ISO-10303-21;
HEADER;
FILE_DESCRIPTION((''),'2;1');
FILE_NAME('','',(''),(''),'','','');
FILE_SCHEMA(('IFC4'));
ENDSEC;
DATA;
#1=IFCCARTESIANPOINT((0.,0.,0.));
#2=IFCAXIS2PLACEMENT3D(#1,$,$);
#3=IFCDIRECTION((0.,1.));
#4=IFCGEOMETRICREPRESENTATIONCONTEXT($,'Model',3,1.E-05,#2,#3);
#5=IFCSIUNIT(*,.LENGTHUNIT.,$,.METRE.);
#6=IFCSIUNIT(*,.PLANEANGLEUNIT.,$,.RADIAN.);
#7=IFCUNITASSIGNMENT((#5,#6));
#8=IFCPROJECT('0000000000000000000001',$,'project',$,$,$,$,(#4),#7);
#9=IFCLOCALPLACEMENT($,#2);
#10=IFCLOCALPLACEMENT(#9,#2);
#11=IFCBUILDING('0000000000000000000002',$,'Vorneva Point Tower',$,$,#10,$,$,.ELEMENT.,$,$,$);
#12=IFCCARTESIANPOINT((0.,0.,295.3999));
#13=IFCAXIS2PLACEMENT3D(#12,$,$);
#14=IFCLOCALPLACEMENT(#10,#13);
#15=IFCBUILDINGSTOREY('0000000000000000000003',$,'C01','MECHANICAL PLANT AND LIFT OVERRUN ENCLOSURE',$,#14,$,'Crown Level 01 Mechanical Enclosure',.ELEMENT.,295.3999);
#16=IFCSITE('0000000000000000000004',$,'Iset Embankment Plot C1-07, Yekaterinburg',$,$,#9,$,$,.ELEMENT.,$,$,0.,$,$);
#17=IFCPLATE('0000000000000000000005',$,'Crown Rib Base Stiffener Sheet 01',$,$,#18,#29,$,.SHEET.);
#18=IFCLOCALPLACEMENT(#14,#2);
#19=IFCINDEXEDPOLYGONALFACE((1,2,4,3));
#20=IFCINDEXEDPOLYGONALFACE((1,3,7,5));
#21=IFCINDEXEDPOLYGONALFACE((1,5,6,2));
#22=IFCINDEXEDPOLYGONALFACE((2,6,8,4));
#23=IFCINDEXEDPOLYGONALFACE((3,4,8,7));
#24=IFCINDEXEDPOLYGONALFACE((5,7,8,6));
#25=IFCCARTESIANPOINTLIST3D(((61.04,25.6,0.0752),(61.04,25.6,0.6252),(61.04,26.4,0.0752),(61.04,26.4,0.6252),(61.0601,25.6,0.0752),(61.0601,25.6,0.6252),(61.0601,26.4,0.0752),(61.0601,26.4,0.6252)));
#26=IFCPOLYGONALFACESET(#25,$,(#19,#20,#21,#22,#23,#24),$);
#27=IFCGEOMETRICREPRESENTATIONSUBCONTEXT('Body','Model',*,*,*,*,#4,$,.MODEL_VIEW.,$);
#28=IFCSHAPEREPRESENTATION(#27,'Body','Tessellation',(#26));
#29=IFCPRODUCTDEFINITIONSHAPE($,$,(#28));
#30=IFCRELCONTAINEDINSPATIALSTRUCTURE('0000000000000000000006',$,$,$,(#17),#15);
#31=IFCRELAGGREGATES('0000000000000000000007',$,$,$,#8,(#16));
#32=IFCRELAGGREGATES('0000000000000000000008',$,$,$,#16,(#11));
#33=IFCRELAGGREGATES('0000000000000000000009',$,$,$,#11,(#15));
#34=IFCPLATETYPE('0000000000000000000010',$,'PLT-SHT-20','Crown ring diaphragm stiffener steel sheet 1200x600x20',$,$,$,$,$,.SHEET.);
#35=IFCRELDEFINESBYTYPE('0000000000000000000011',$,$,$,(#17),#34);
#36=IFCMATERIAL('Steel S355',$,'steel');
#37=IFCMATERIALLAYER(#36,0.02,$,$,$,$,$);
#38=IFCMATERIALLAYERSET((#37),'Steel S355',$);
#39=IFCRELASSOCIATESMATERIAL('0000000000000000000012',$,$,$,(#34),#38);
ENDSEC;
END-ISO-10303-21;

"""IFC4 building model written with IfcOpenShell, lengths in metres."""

from ifc_helpers import new_model, si_unit, direction, frame, origin, origin_2d, place, context, subcontext, project, spatial, rectangle, extrude, material, layer, layer_set, type_object, element, save


model = new_model("IFC4")

# Units and contexts
model_context = context("Model", 3, precision=1e-05, world=origin(), true_north=direction((0.0, 1.0)))
body_context = subcontext(model_context, "Body", "Model", "MODEL_VIEW")
ifc_project = project(units=[si_unit("LENGTHUNIT", "METRE"), si_unit("PLANEANGLEUNIT", "RADIAN")], contexts=[model_context])

# Site, building, storey
site_placement = place(None, origin())
site = spatial("IfcSite", under=ifc_project, at=site_placement, Name="Iset Embankment Plot C1-07, Yekaterinburg", CompositionType="ELEMENT", RefElevation=0.0)
building_placement = place(site_placement, origin())
building = spatial("IfcBuilding", under=site, at=building_placement, Name="Vorneva Point Tower", CompositionType="ELEMENT")
storey_placement = place(building_placement, frame((0.0, 0.0, 295.3999)))
storey = spatial("IfcBuildingStorey", under=building, at=storey_placement, Name="C01", Description="MECHANICAL PLANT AND LIFT OVERRUN ENCLOSURE", LongName="Crown Level 01 Mechanical Enclosure", CompositionType="ELEMENT", Elevation=295.3999)

# Shared definitions
ifc_material_1 = material(Name="Steel S355", Category="steel")

# Plate
ifc_layer_1 = layer(ifc_material_1, 0.02)
ifc_layer_set_1 = layer_set([ifc_layer_1], Name="Steel S355")
plate_type_1 = type_object("IfcPlateType", Name="PLT-SHT-20", Description="Crown ring diaphragm stiffener steel sheet 1200x600x20", PredefinedType="SHEET", material=ifc_layer_set_1)
plate_1_placement = place(storey_placement, frame((61.05, 26.0, 0.0752), z_axis=(0.0, 0.0, 1.0), x_axis=(0.0, 1.0, 0.0)))
element("IfcPlate", 1, at=plate_1_placement, inside=storey, type_object=plate_type_1, Name="Crown Rib Base Stiffener Sheet 01", PredefinedType="SHEET", context=body_context, shape_type="SweptSolid", body=[
    extrude(rectangle(XDim=0.8, YDim=0.02, at=origin_2d()), origin(), (0.0, 0.0, 1.0), 0.55),
])

save(model, "model.ifc")
